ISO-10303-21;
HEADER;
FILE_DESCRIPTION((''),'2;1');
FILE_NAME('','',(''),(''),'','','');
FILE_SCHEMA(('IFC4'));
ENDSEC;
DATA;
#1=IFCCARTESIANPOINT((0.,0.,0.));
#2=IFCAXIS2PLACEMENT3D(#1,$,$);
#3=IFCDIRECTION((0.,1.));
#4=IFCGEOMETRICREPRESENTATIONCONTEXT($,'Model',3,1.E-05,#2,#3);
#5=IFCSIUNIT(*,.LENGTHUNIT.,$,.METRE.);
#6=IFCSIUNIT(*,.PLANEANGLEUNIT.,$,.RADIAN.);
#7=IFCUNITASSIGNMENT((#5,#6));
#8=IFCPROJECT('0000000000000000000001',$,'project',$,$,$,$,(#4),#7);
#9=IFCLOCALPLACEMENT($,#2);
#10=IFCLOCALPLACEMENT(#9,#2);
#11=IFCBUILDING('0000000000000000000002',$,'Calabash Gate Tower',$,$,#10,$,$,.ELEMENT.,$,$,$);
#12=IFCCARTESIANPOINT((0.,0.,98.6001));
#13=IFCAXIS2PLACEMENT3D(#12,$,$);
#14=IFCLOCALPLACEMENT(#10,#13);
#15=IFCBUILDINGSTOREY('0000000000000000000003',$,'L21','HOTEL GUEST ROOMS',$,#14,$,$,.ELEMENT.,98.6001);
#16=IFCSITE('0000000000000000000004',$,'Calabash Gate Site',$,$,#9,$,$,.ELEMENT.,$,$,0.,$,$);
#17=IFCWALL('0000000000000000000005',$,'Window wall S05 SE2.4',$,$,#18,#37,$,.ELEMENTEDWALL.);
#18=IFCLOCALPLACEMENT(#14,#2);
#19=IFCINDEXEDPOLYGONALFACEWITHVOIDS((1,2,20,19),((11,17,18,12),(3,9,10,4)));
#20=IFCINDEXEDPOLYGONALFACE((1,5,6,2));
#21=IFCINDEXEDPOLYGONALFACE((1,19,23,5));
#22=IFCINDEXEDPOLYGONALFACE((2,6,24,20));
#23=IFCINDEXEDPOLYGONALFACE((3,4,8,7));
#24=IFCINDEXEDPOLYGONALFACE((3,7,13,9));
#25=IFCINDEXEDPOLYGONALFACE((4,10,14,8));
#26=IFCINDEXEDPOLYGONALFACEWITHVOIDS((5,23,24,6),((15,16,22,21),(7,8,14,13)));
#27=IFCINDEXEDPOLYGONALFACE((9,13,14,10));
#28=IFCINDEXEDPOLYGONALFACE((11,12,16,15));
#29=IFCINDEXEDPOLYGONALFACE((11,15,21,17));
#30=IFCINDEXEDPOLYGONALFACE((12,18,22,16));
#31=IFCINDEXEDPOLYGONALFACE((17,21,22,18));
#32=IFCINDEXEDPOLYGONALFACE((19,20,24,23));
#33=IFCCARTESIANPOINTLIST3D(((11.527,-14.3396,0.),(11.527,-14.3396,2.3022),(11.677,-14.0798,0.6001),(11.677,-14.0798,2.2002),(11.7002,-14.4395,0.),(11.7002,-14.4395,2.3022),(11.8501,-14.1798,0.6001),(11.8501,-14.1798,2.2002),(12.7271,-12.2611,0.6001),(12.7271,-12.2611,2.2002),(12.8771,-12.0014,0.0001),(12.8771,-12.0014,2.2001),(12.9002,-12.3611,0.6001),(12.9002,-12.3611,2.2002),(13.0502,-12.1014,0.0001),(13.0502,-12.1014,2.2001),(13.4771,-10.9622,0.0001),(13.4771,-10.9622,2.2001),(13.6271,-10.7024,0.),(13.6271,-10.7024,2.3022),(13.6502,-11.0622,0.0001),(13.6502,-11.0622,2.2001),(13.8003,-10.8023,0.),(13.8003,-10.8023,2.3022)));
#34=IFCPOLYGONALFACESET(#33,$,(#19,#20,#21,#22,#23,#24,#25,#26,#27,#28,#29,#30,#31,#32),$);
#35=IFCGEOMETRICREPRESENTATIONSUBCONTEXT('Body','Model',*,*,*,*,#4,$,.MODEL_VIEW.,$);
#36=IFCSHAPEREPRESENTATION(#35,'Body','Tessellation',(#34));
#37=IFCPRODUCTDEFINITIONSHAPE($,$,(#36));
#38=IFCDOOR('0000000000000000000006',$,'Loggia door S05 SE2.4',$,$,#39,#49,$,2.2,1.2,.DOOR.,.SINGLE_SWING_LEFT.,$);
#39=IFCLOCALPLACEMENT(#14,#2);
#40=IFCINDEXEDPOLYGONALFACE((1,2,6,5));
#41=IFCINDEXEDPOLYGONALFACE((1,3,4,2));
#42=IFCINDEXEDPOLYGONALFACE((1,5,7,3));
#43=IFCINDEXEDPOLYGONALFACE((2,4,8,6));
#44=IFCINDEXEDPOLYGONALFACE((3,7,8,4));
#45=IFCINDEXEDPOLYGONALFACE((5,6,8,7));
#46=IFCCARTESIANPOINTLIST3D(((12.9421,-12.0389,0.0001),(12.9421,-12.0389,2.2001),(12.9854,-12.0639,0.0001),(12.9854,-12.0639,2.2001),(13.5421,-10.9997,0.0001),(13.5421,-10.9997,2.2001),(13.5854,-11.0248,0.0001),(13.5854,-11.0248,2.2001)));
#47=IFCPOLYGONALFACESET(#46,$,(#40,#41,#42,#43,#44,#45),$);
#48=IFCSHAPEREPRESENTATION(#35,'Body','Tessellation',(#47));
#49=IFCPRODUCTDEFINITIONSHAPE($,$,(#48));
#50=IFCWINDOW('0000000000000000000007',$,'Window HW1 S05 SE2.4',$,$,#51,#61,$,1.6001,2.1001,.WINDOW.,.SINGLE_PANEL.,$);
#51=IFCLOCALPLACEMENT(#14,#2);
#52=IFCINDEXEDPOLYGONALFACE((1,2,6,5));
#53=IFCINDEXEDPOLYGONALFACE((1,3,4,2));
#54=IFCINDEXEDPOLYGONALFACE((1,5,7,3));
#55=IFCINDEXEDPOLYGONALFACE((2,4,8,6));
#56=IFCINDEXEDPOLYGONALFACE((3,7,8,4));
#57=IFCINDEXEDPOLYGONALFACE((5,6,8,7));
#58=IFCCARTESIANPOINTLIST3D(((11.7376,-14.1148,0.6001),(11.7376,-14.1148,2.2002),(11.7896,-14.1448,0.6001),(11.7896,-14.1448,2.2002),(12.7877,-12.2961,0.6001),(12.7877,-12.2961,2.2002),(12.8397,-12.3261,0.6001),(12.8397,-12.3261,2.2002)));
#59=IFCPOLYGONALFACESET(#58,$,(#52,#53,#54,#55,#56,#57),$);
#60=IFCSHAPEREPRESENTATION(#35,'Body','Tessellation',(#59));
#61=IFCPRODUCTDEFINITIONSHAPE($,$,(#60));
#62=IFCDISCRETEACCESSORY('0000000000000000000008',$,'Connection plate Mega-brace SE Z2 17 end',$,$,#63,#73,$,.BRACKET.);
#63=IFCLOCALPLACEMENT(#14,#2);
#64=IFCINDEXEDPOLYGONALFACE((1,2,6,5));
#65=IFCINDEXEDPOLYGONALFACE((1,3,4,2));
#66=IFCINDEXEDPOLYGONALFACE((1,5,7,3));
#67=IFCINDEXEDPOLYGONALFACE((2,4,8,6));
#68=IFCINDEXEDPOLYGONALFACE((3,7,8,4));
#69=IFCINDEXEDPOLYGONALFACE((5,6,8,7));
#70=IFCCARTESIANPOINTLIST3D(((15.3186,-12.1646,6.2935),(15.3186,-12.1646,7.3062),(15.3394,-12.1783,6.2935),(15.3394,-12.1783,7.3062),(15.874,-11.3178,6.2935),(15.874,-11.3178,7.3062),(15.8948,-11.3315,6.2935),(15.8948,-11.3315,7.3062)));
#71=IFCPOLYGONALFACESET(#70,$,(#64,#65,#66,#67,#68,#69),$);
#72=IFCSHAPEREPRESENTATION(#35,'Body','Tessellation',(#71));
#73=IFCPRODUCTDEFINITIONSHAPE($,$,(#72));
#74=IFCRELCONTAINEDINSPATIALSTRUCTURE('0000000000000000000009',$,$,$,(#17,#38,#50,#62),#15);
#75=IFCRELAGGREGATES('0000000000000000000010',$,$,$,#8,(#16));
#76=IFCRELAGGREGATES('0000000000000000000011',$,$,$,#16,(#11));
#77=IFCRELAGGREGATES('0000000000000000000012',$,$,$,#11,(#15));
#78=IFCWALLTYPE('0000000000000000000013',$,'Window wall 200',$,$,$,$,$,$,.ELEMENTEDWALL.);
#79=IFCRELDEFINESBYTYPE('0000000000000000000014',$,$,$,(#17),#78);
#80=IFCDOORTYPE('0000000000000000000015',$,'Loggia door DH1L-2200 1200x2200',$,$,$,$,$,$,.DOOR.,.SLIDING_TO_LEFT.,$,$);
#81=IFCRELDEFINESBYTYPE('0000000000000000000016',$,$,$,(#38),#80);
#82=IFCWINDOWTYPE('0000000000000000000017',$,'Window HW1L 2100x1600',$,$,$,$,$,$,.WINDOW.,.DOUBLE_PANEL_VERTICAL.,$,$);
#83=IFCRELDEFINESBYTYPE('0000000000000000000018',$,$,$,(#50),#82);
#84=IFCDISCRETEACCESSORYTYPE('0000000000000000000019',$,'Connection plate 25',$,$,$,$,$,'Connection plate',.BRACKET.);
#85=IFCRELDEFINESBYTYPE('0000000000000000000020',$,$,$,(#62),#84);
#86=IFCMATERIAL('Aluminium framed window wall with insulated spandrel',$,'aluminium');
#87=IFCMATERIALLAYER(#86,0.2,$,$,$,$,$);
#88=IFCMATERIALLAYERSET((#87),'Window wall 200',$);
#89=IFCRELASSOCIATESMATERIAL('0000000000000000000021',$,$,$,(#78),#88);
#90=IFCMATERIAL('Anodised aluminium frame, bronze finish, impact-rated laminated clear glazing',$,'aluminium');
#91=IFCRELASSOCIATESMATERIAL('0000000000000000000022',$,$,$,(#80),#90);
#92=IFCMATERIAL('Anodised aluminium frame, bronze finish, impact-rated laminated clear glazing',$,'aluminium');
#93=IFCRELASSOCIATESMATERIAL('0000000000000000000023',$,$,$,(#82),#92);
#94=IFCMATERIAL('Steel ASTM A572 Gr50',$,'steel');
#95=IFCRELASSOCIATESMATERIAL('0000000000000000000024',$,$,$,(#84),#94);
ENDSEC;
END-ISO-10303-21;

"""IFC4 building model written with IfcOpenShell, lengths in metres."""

from ifc_helpers import new_model, si_unit, direction, frame, frame_2d, origin, origin_2d, place, context, subcontext, project, spatial, rectangle, extrude, material, layer, layer_set, type_object, element, fill, save


model = new_model("IFC4")

# Units and contexts
model_context = context("Model", 3, precision=1e-05, world=origin(), true_north=direction((0.0, 1.0)))
body_context = subcontext(model_context, "Body", "Model", "MODEL_VIEW")
ifc_project = project(units=[si_unit("LENGTHUNIT", "METRE"), si_unit("PLANEANGLEUNIT", "RADIAN")], contexts=[model_context])

# Site, building, storey
site_placement = place(None, origin())
site = spatial("IfcSite", under=ifc_project, at=site_placement, Name="Calabash Gate Site", CompositionType="ELEMENT", RefElevation=0.0)
building_placement = place(site_placement, origin())
building = spatial("IfcBuilding", under=site, at=building_placement, Name="Calabash Gate Tower", CompositionType="ELEMENT")
storey_placement = place(building_placement, frame((0.0, 0.0, 98.6001)))
storey = spatial("IfcBuildingStorey", under=building, at=storey_placement, Name="L21", Description="HOTEL GUEST ROOMS", CompositionType="ELEMENT", Elevation=98.6001)

# Wall, openings, door, window
ifc_material_1 = material(Name="Aluminium framed window wall with insulated spandrel", Category="aluminium")
ifc_layer_1 = layer(ifc_material_1, 0.2)
ifc_layer_set_1 = layer_set([ifc_layer_1], Name="Window wall 200")
wall_type_1 = type_object("IfcWallType", Name="Window wall 200", PredefinedType="ELEMENTEDWALL", material=ifc_layer_set_1)
wall_1_placement = place(storey_placement, frame((11.6135, -14.3896, 0.0), z_axis=(0.0, 0.0, 1.0), x_axis=(0.500028, 0.866009, 0.0)))
wall_1 = element("IfcWall", 1, at=wall_1_placement, inside=storey, type_object=wall_type_1, Name="Window wall S05 SE2.4", PredefinedType="ELEMENTEDWALL", context=body_context, shape_type="SweptSolid", body=[
    extrude(rectangle(XDim=4.2, YDim=0.2, at=frame_2d((2.1001, 0.0))), origin(), (0.0, 0.0, 1.0), 2.3022),
])
opening_1_placement = place(wall_1_placement, frame((0.3, 0.0, 0.6001)))
opening_1 = element("IfcOpeningElement", 2, at=opening_1_placement, cuts=wall_1, PredefinedType="OPENING", context=body_context, shape_type="SweptSolid", body=[
    extrude(rectangle(XDim=2.1001, YDim=1.6001, at=frame_2d((1.05, 0.8))), frame((0.0, 0.1099, 0.0), z_axis=(0.0, -1.0, 0.0), x_axis=(1.0, 0.0, 0.0)), (0.0, 0.0, 1.0), 0.22),
])
opening_2_placement = place(wall_1_placement, frame((2.7, 0.0, 0.0)))
opening_2 = element("IfcOpeningElement", 3, at=opening_2_placement, cuts=wall_1, PredefinedType="OPENING", context=body_context, shape_type="SweptSolid", body=[
    extrude(rectangle(XDim=1.2, YDim=2.2, at=frame_2d((0.6001, 1.1001))), frame((0.0, 0.1099, 0.0), z_axis=(0.0, -1.0, 0.0), x_axis=(1.0, 0.0, 0.0)), (0.0, 0.0, 1.0), 0.22),
])
ifc_material_2 = material(Name="Anodised aluminium frame, bronze finish, impact-rated laminated clear glazing", Category="aluminium")
door_type_1 = type_object("IfcDoorType", Name="Loggia door DH1L-2200 1200x2200", OperationType="SLIDING_TO_LEFT", PredefinedType="DOOR", material=ifc_material_2)
door_1_placement = place(opening_2_placement, origin())
door_1 = element("IfcDoor", 4, at=door_1_placement, inside=storey, type_object=door_type_1, Name="Loggia door S05 SE2.4", OperationType="SINGLE_SWING_LEFT", OverallHeight=2.2, OverallWidth=1.2, PredefinedType="DOOR", context=body_context, shape_type="SweptSolid", body=[
    extrude(rectangle(XDim=1.2, YDim=2.2, at=frame_2d((0.6001, 1.1001))), frame((0.0, 0.0249, 0.0), z_axis=(0.0, -1.0, 0.0), x_axis=(1.0, 0.0, 0.0)), (0.0, 0.0, 1.0), 0.05),
])
fill(opening_2, door_1)
ifc_material_3 = material(Name="Anodised aluminium frame, bronze finish, impact-rated laminated clear glazing", Category="aluminium")
window_type_1 = type_object("IfcWindowType", Name="Window HW1L 2100x1600", PartitioningType="DOUBLE_PANEL_VERTICAL", PredefinedType="WINDOW", material=ifc_material_3)
window_1_placement = place(opening_1_placement, origin())
window_1 = element("IfcWindow", 5, at=window_1_placement, inside=storey, type_object=window_type_1, Name="Window HW1 S05 SE2.4", OverallHeight=1.6001, OverallWidth=2.1001, PartitioningType="SINGLE_PANEL", PredefinedType="WINDOW", context=body_context, shape_type="SweptSolid", body=[
    extrude(rectangle(XDim=2.1001, YDim=1.6001, at=frame_2d((1.05, 0.8))), frame((0.0, 0.03, 0.0), z_axis=(0.0, -1.0, 0.0), x_axis=(1.0, 0.0, 0.0)), (0.0, 0.0, 1.0), 0.0601),
])
fill(opening_1, window_1)

# Discrete accessory
ifc_material_4 = material(Name="Steel ASTM A572 Gr50", Category="steel")
discrete_accessory_type = type_object("IfcDiscreteAccessoryType", Name="Connection plate 25", ElementType="Connection plate", PredefinedType="BRACKET", material=ifc_material_4)
discrete_accessory_placement = place(storey_placement, frame((15.6067, -11.748, 6.2935), z_axis=(0.0, 0.0, 1.0), x_axis=(-0.54847, -0.83617, 0.0)))
element("IfcDiscreteAccessory", 6, at=discrete_accessory_placement, inside=storey, type_object=discrete_accessory_type, Name="Connection plate Mega-brace SE Z2 17 end", PredefinedType="BRACKET", context=body_context, shape_type="SweptSolid", body=[
    extrude(rectangle(XDim=1.0127, YDim=0.0249, at=origin_2d()), origin(), (0.0, 0.0, 1.0), 1.0127),
])

save(model, "model.ifc")
